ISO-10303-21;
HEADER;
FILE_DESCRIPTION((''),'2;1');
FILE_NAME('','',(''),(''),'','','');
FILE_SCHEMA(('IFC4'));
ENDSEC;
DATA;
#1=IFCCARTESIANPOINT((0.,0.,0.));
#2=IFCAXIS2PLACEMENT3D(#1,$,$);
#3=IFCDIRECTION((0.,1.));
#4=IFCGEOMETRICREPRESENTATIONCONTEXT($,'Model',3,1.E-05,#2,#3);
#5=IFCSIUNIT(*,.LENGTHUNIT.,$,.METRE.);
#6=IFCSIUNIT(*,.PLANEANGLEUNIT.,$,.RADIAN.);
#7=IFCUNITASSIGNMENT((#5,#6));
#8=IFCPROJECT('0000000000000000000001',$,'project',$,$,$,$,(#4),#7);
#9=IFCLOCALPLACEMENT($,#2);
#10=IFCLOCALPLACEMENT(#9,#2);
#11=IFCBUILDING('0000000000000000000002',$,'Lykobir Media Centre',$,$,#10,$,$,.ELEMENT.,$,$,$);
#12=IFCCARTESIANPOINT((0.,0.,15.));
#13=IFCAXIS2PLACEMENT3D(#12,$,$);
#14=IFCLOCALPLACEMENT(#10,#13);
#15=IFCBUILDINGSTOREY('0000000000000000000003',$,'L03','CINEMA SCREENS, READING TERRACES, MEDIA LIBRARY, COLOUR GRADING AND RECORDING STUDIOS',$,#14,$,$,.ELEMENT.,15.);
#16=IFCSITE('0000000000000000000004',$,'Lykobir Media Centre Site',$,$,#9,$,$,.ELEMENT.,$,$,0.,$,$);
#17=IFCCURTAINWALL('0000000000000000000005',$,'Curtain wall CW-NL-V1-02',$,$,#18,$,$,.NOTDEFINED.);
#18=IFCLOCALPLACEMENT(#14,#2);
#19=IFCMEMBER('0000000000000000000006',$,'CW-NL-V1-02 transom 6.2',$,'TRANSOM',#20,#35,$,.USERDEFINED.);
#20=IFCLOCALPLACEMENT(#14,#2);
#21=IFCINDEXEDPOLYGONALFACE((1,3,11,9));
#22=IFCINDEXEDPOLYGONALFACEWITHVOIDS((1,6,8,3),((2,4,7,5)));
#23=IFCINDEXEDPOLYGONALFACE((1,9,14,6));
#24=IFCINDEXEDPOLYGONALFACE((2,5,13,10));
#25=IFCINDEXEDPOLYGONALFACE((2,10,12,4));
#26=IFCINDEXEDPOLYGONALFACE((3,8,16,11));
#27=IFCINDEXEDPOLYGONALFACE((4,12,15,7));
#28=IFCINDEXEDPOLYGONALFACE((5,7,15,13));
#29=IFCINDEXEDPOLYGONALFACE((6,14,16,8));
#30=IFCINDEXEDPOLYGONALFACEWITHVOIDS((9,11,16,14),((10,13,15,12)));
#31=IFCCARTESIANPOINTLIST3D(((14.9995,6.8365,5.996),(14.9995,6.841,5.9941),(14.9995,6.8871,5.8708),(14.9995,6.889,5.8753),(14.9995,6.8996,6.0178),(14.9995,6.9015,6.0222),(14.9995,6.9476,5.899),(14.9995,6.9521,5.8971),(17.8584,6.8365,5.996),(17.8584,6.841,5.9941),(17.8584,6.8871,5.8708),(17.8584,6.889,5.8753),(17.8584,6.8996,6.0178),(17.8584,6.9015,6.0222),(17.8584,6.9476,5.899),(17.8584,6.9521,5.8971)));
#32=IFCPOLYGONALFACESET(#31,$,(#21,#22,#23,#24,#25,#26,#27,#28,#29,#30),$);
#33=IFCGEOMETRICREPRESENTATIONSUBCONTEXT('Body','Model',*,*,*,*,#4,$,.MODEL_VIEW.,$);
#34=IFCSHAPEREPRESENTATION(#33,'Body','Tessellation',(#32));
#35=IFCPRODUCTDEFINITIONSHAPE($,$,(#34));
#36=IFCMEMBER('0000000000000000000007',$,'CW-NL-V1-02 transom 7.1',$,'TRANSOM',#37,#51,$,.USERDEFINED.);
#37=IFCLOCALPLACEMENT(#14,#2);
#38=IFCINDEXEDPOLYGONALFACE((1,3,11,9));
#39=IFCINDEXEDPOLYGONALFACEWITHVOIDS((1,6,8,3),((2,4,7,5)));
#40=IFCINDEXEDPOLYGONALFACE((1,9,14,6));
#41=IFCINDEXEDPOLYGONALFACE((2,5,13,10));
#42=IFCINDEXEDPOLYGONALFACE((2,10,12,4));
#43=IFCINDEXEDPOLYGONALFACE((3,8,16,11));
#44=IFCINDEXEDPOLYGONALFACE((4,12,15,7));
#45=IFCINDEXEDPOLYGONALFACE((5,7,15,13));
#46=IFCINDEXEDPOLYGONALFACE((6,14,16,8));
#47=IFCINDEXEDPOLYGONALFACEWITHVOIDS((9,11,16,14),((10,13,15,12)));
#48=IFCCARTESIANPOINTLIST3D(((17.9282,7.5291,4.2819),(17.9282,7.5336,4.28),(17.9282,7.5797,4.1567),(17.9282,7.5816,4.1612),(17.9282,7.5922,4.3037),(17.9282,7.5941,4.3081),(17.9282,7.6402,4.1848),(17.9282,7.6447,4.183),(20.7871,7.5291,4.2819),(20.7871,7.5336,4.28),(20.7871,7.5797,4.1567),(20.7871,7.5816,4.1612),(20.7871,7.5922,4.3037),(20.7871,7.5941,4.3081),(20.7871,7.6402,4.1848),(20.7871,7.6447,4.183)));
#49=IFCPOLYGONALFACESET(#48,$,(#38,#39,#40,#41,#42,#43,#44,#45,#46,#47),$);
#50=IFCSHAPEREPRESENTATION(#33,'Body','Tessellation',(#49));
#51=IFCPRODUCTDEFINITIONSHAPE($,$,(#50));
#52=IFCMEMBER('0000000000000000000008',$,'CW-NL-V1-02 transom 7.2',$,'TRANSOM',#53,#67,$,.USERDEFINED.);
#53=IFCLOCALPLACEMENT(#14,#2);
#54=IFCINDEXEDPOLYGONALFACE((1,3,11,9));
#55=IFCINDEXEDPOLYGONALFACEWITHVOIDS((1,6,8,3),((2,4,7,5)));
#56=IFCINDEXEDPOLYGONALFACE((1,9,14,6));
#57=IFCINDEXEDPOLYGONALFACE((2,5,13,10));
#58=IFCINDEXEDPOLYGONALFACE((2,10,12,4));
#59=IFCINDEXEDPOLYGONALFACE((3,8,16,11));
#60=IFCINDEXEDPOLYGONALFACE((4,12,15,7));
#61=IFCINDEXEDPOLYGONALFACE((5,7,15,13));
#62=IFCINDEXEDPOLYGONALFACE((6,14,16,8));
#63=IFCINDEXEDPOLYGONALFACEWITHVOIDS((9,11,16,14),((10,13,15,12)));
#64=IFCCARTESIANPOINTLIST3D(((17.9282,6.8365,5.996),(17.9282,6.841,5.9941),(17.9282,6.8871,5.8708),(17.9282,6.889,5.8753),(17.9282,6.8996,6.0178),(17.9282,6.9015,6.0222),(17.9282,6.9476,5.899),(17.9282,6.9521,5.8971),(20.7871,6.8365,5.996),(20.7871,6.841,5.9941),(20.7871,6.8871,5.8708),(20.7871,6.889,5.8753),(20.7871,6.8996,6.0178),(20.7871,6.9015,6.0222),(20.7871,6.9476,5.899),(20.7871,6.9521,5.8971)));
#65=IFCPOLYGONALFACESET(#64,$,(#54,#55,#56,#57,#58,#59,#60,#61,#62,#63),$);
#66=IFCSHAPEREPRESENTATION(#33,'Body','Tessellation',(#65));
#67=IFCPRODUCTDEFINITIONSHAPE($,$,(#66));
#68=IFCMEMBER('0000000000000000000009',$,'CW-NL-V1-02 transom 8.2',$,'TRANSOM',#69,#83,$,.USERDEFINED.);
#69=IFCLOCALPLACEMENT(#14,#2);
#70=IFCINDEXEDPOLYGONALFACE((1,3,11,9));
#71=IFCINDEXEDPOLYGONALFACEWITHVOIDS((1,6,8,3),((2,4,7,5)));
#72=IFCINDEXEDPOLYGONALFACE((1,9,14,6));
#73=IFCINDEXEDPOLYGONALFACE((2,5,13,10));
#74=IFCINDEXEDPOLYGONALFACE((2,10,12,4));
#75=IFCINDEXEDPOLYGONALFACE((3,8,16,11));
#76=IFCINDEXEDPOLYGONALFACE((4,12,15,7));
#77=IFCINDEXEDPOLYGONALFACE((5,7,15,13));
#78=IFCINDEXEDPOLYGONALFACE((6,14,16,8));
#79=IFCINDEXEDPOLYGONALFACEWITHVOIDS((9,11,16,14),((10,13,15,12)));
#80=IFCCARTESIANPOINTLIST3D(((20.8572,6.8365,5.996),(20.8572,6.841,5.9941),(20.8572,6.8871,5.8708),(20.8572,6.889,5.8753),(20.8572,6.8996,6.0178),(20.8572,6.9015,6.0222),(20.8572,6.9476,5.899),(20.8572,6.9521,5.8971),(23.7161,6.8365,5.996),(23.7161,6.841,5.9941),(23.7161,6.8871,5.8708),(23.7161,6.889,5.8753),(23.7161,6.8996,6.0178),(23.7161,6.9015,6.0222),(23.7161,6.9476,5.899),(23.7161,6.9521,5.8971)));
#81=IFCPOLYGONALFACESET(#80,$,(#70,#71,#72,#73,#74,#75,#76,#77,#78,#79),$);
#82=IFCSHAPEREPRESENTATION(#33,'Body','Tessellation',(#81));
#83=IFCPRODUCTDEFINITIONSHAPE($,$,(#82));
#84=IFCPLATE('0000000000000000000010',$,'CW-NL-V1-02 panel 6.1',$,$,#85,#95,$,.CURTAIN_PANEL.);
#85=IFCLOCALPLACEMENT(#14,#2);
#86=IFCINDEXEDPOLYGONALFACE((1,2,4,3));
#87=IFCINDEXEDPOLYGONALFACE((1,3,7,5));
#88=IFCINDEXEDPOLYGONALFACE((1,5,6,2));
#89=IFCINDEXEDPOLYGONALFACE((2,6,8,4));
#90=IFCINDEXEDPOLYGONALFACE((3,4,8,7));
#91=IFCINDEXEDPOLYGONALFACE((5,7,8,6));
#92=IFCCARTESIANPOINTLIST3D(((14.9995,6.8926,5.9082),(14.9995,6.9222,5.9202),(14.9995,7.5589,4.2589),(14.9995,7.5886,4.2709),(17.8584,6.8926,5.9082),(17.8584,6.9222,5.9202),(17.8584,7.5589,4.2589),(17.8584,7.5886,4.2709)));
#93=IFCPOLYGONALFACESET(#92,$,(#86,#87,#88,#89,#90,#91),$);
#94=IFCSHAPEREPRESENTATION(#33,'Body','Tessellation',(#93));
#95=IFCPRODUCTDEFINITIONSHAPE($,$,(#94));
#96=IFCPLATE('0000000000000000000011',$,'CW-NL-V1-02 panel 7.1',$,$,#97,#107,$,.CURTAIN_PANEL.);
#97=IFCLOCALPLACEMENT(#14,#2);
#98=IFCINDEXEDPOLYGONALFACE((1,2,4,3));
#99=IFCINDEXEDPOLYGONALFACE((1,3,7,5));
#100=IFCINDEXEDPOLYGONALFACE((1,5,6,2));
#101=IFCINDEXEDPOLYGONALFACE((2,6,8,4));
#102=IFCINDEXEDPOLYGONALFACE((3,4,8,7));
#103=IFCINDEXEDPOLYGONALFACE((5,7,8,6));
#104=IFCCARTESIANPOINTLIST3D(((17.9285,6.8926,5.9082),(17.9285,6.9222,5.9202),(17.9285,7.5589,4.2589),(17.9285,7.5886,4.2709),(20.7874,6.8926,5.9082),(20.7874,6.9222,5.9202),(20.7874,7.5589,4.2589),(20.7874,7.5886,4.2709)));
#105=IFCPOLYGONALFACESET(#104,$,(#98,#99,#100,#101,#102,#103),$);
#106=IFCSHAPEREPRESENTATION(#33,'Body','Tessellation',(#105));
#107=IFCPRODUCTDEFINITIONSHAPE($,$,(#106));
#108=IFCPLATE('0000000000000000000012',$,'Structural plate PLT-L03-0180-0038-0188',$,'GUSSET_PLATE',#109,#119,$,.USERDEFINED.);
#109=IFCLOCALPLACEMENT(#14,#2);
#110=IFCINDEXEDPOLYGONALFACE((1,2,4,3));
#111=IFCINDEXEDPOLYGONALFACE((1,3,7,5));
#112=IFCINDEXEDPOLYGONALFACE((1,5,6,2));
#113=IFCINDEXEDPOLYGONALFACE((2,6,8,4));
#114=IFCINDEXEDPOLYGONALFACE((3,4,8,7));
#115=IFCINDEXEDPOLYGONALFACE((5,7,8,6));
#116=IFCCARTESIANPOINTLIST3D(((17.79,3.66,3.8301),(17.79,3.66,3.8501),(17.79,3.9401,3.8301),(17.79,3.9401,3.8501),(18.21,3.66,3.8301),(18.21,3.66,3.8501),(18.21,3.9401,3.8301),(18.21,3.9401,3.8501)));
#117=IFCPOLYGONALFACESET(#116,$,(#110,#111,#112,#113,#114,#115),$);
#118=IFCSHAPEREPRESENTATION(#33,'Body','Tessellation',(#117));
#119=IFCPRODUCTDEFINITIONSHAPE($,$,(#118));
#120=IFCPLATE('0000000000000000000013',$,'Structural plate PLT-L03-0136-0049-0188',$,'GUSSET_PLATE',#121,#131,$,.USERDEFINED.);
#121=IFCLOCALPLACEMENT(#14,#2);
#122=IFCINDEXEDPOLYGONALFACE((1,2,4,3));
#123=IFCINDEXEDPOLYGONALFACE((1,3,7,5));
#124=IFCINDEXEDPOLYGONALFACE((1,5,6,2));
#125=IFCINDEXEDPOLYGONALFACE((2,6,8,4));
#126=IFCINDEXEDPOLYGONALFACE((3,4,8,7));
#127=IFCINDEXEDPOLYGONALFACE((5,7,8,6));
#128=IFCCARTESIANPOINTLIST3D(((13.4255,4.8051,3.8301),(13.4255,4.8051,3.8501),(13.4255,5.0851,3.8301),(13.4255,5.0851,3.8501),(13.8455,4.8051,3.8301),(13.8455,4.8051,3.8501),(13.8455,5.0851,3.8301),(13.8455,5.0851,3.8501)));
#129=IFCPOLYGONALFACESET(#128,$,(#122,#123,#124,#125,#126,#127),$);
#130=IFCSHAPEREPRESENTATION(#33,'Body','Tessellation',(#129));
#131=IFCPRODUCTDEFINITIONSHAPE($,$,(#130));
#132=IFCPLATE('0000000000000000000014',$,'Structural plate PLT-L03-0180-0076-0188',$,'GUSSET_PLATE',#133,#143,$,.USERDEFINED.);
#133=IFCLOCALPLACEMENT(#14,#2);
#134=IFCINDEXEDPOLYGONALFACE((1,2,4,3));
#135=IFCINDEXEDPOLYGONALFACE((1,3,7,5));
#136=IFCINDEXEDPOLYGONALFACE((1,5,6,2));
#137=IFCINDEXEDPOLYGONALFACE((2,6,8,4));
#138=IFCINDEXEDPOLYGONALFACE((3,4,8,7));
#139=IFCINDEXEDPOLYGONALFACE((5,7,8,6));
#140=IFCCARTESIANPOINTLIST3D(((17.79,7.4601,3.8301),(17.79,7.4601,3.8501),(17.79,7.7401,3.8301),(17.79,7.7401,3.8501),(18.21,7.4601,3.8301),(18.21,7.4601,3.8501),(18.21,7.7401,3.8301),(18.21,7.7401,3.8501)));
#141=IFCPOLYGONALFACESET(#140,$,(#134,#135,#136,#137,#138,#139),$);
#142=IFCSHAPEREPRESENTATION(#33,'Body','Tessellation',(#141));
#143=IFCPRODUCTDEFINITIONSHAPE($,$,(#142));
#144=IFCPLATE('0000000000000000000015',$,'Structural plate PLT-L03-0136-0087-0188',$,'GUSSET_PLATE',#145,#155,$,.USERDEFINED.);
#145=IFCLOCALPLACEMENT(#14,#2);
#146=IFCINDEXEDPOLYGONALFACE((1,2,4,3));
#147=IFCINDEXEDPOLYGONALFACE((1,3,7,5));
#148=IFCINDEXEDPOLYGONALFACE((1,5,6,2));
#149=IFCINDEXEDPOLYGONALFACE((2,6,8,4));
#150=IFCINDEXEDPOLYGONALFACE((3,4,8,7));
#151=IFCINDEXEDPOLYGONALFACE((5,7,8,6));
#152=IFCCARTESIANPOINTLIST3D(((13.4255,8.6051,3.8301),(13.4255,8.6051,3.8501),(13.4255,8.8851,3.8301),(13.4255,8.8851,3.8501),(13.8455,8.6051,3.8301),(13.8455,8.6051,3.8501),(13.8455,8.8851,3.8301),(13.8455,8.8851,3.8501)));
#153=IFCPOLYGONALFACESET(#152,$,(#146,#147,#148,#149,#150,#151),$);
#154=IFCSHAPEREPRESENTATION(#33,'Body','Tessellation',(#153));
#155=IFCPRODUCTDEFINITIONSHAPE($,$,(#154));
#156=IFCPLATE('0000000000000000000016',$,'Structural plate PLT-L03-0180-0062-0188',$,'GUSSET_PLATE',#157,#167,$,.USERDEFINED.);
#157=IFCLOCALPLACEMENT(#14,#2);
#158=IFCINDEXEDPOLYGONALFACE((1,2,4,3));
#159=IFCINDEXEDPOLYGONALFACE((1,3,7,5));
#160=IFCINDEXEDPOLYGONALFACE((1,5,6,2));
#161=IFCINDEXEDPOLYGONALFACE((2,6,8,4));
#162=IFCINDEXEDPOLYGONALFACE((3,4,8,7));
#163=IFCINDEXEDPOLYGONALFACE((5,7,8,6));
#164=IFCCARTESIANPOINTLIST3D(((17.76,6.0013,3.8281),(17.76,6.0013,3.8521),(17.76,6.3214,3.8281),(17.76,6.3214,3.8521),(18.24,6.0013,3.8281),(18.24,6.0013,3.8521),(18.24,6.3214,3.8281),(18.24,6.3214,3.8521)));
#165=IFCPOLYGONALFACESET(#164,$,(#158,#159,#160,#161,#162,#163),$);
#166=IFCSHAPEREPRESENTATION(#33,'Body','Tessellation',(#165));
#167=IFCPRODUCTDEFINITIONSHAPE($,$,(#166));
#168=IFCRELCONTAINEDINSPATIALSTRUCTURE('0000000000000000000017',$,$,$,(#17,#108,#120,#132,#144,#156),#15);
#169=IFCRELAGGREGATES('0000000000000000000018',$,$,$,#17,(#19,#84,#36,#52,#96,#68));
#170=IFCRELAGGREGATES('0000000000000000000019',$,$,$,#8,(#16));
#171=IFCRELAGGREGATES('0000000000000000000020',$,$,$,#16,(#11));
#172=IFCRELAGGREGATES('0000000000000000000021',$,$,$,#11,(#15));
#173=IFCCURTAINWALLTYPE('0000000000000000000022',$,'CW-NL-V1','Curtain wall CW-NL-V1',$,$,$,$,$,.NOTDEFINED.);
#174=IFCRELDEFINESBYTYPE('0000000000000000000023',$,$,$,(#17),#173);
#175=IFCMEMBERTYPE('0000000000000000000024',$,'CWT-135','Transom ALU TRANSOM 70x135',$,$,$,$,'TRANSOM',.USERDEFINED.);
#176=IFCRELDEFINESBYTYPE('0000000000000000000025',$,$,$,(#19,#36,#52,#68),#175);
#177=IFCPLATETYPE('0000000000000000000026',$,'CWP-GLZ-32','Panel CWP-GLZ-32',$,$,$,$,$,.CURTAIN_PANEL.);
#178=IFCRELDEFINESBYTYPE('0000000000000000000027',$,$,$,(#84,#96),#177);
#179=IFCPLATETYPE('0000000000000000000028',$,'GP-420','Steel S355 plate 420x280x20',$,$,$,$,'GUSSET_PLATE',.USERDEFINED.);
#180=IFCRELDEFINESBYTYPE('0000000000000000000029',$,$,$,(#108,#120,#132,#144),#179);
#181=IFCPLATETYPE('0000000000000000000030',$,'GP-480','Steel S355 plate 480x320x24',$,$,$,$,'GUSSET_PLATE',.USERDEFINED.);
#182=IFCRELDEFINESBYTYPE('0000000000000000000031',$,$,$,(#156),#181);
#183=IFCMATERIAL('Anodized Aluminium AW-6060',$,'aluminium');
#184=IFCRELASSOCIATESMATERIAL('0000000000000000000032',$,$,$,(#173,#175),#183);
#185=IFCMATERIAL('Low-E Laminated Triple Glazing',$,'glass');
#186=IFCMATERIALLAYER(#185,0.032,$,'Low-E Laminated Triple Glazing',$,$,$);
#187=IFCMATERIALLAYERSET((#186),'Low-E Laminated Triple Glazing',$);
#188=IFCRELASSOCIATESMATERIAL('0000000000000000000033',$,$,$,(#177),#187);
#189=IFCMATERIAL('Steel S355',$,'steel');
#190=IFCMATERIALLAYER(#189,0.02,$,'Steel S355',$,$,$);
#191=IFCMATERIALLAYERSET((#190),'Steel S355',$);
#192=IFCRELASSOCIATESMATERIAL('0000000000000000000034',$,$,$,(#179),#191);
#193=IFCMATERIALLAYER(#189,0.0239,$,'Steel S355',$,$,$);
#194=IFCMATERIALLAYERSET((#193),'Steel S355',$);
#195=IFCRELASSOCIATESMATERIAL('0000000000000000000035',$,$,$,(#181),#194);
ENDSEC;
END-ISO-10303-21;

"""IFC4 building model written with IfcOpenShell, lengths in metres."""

from ifc_helpers import new_model, si_unit, direction, frame, origin, origin_2d, place, context, subcontext, project, spatial, rectangle, hollow_rectangle, extrude, material, layer, layer_set, material_profile, profile_set, type_object, element, aggregate, save


model = new_model("IFC4")

# Units and contexts
model_context = context("Model", 3, precision=1e-05, world=origin(), true_north=direction((0.0, 1.0)))
body_context = subcontext(model_context, "Body", "Model", "MODEL_VIEW")
ifc_project = project(units=[si_unit("LENGTHUNIT", "METRE"), si_unit("PLANEANGLEUNIT", "RADIAN")], contexts=[model_context])

# Site, building, storey
site_placement = place(None, origin())
site = spatial("IfcSite", under=ifc_project, at=site_placement, Name="Lykobir Media Centre Site", CompositionType="ELEMENT", RefElevation=0.0)
building_placement = place(site_placement, origin())
building = spatial("IfcBuilding", under=site, at=building_placement, Name="Lykobir Media Centre", CompositionType="ELEMENT")
storey_placement = place(building_placement, frame((0.0, 0.0, 15.0)))
storey = spatial("IfcBuildingStorey", under=building, at=storey_placement, Name="L03", Description="CINEMA SCREENS, READING TERRACES, MEDIA LIBRARY, COLOUR GRADING AND RECORDING STUDIOS", CompositionType="ELEMENT", Elevation=15.0)

# Shared definitions
ifc_material_1 = material(Name="Steel S355", Category="steel")

# Shared definitions
ifc_material_2 = material(Name="Anodized Aluminium AW-6060", Category="aluminium")
curtain_wall_type = type_object("IfcCurtainWallType", Name="CW-NL-V1", Description="Curtain wall CW-NL-V1", PredefinedType="NOTDEFINED", material=ifc_material_2)

# Curtain wall, members, plates
curtain_wall_1_placement = place(storey_placement, origin())
curtain_wall_1 = element("IfcCurtainWall", 1, at=curtain_wall_1_placement, inside=storey, type_object=curtain_wall_type, Name="Curtain wall CW-NL-V1-02", PredefinedType="NOTDEFINED")
ifc_material_profile_1 = material_profile(ifc_material_2, hollow_rectangle(XDim=0.0701, YDim=0.135, WallThickness=0.0034, at=origin_2d()), Name="ALU TRANSOM 70x135")
ifc_profile_set_1 = profile_set([ifc_material_profile_1], Name="Anodized Aluminium AW-6060")
member_type_1 = type_object("IfcMemberType", Name="CWT-135", Description="Transom ALU TRANSOM 70x135", ElementType="TRANSOM", PredefinedType="USERDEFINED", material=ifc_profile_set_1)
member_1_placement = place(storey_placement, frame((14.9995, 6.8943, 5.9465), z_axis=(1.0, 0.0, 0.0), x_axis=(0.0, 0.927184, 0.374607)))
member_1 = element("IfcMember", 2, at=member_1_placement, type_object=member_type_1, Name="CW-NL-V1-02 transom 6.2", ObjectType="TRANSOM", PredefinedType="USERDEFINED", context=body_context, shape_type="SweptSolid", body=[
    extrude(hollow_rectangle(XDim=0.0701, YDim=0.135, WallThickness=0.0034, at=origin_2d()), origin(), (0.0, 0.0, 1.0), 2.8589),
])
member_2_placement = place(storey_placement, frame((17.9282, 7.5869, 4.2324), z_axis=(1.0, 0.0, 0.0), x_axis=(0.0, 0.927184, 0.374607)))
member_2 = element("IfcMember", 3, at=member_2_placement, type_object=member_type_1, Name="CW-NL-V1-02 transom 7.1", ObjectType="TRANSOM", PredefinedType="USERDEFINED", context=body_context, shape_type="SweptSolid", body=[
    extrude(hollow_rectangle(XDim=0.0701, YDim=0.135, WallThickness=0.0034, at=origin_2d()), origin(), (0.0, 0.0, 1.0), 2.8589),
])
member_3_placement = place(storey_placement, frame((17.9282, 6.8943, 5.9465), z_axis=(1.0, 0.0, 0.0), x_axis=(0.0, 0.927184, 0.374607)))
member_3 = element("IfcMember", 4, at=member_3_placement, type_object=member_type_1, Name="CW-NL-V1-02 transom 7.2", ObjectType="TRANSOM", PredefinedType="USERDEFINED", context=body_context, shape_type="SweptSolid", body=[
    extrude(hollow_rectangle(XDim=0.0701, YDim=0.135, WallThickness=0.0034, at=origin_2d()), origin(), (0.0, 0.0, 1.0), 2.8589),
])
member_4_placement = place(storey_placement, frame((20.8572, 6.8943, 5.9465), z_axis=(1.0, 0.0, 0.0), x_axis=(0.0, 0.927184, 0.374607)))
member_4 = element("IfcMember", 5, at=member_4_placement, type_object=member_type_1, Name="CW-NL-V1-02 transom 8.2", ObjectType="TRANSOM", PredefinedType="USERDEFINED", context=body_context, shape_type="SweptSolid", body=[
    extrude(hollow_rectangle(XDim=0.0701, YDim=0.135, WallThickness=0.0034, at=origin_2d()), origin(), (0.0, 0.0, 1.0), 2.8589),
])
ifc_material_3 = material(Name="Low-E Laminated Triple Glazing", Category="glass")
ifc_layer_1 = layer(ifc_material_3, 0.032, Name="Low-E Laminated Triple Glazing")
ifc_layer_set_1 = layer_set([ifc_layer_1], Name="Low-E Laminated Triple Glazing")
plate_type_1 = type_object("IfcPlateType", Name="CWP-GLZ-32", Description="Panel CWP-GLZ-32", PredefinedType="CURTAIN_PANEL", material=ifc_layer_set_1)
plate_1_placement = place(storey_placement, frame((16.429, 7.5737, 4.2649), z_axis=(0.0, -0.374607, 0.927184), x_axis=(1.0, 0.0, 0.0)))
plate_1 = element("IfcPlate", 6, at=plate_1_placement, type_object=plate_type_1, Name="CW-NL-V1-02 panel 6.1", PredefinedType="CURTAIN_PANEL", context=body_context, shape_type="SweptSolid", body=[
    extrude(rectangle(XDim=2.8589, YDim=0.032, at=origin_2d()), origin(), (0.0, 0.0, 1.0), 1.7788),
])
plate_2_placement = place(storey_placement, frame((19.3579, 7.5737, 4.2649), z_axis=(0.0, -0.374607, 0.927184), x_axis=(1.0, 0.0, 0.0)))
plate_2 = element("IfcPlate", 7, at=plate_2_placement, type_object=plate_type_1, Name="CW-NL-V1-02 panel 7.1", PredefinedType="CURTAIN_PANEL", context=body_context, shape_type="SweptSolid", body=[
    extrude(rectangle(XDim=2.8589, YDim=0.032, at=origin_2d()), origin(), (0.0, 0.0, 1.0), 1.7788),
])
aggregate(curtain_wall_1, [member_1, plate_1, member_2, member_3, plate_2, member_4])

# Plates
ifc_layer_2 = layer(ifc_material_1, 0.02, Name="Steel S355")
ifc_layer_set_2 = layer_set([ifc_layer_2], Name="Steel S355")
plate_type_2 = type_object("IfcPlateType", Name="GP-420", Description="Steel S355 plate 420x280x20", ElementType="GUSSET_PLATE", PredefinedType="USERDEFINED", material=ifc_layer_set_2)
for number, where, z_axis, x_axis, name in (
    (8, (18.0, 3.8, 3.8301), (0.0, 0.0, 1.0), (1.0, 0.0, 0.0), "Structural plate PLT-L03-0180-0038-0188"),
    (9, (13.6355, 4.9451, 3.8301), (0.0, 0.0, 1.0), (1.0, 0.0, 0.0), "Structural plate PLT-L03-0136-0049-0188"),
    (10, (18.0, 7.6001, 3.8301), (0.0, 0.0, 1.0), (1.0, 0.0, 0.0), "Structural plate PLT-L03-0180-0076-0188"),
    (11, (13.6355, 8.7451, 3.8301), (0.0, 0.0, 1.0), (1.0, 0.0, 0.0), "Structural plate PLT-L03-0136-0087-0188"),
):
    element("IfcPlate", number, at=place(storey_placement, frame(where, z_axis=z_axis, x_axis=x_axis)), inside=storey, type_object=plate_type_2, Name=name, ObjectType="GUSSET_PLATE", PredefinedType="USERDEFINED", context=body_context, shape_type="SweptSolid", body=[
        extrude(rectangle(XDim=0.4199, YDim=0.28, at=origin_2d()), origin(), (0.0, 0.0, 1.0), 0.02),
    ])
ifc_layer_3 = layer(ifc_material_1, 0.0239, Name="Steel S355")
ifc_layer_set_3 = layer_set([ifc_layer_3], Name="Steel S355")
plate_type_3 = type_object("IfcPlateType", Name="GP-480", Description="Steel S355 plate 480x320x24", ElementType="GUSSET_PLATE", PredefinedType="USERDEFINED", material=ifc_layer_set_3)
plate_3_placement = place(storey_placement, frame((18.0, 6.1614, 3.8281), z_axis=(0.0, 0.0, 1.0), x_axis=(1.0, 0.0, 0.0)))
element("IfcPlate", 12, at=plate_3_placement, inside=storey, type_object=plate_type_3, Name="Structural plate PLT-L03-0180-0062-0188", ObjectType="GUSSET_PLATE", PredefinedType="USERDEFINED", context=body_context, shape_type="SweptSolid", body=[
    extrude(rectangle(XDim=0.48, YDim=0.3201, at=origin_2d()), origin(), (0.0, 0.0, 1.0), 0.0239),
])

save(model, "model.ifc")
